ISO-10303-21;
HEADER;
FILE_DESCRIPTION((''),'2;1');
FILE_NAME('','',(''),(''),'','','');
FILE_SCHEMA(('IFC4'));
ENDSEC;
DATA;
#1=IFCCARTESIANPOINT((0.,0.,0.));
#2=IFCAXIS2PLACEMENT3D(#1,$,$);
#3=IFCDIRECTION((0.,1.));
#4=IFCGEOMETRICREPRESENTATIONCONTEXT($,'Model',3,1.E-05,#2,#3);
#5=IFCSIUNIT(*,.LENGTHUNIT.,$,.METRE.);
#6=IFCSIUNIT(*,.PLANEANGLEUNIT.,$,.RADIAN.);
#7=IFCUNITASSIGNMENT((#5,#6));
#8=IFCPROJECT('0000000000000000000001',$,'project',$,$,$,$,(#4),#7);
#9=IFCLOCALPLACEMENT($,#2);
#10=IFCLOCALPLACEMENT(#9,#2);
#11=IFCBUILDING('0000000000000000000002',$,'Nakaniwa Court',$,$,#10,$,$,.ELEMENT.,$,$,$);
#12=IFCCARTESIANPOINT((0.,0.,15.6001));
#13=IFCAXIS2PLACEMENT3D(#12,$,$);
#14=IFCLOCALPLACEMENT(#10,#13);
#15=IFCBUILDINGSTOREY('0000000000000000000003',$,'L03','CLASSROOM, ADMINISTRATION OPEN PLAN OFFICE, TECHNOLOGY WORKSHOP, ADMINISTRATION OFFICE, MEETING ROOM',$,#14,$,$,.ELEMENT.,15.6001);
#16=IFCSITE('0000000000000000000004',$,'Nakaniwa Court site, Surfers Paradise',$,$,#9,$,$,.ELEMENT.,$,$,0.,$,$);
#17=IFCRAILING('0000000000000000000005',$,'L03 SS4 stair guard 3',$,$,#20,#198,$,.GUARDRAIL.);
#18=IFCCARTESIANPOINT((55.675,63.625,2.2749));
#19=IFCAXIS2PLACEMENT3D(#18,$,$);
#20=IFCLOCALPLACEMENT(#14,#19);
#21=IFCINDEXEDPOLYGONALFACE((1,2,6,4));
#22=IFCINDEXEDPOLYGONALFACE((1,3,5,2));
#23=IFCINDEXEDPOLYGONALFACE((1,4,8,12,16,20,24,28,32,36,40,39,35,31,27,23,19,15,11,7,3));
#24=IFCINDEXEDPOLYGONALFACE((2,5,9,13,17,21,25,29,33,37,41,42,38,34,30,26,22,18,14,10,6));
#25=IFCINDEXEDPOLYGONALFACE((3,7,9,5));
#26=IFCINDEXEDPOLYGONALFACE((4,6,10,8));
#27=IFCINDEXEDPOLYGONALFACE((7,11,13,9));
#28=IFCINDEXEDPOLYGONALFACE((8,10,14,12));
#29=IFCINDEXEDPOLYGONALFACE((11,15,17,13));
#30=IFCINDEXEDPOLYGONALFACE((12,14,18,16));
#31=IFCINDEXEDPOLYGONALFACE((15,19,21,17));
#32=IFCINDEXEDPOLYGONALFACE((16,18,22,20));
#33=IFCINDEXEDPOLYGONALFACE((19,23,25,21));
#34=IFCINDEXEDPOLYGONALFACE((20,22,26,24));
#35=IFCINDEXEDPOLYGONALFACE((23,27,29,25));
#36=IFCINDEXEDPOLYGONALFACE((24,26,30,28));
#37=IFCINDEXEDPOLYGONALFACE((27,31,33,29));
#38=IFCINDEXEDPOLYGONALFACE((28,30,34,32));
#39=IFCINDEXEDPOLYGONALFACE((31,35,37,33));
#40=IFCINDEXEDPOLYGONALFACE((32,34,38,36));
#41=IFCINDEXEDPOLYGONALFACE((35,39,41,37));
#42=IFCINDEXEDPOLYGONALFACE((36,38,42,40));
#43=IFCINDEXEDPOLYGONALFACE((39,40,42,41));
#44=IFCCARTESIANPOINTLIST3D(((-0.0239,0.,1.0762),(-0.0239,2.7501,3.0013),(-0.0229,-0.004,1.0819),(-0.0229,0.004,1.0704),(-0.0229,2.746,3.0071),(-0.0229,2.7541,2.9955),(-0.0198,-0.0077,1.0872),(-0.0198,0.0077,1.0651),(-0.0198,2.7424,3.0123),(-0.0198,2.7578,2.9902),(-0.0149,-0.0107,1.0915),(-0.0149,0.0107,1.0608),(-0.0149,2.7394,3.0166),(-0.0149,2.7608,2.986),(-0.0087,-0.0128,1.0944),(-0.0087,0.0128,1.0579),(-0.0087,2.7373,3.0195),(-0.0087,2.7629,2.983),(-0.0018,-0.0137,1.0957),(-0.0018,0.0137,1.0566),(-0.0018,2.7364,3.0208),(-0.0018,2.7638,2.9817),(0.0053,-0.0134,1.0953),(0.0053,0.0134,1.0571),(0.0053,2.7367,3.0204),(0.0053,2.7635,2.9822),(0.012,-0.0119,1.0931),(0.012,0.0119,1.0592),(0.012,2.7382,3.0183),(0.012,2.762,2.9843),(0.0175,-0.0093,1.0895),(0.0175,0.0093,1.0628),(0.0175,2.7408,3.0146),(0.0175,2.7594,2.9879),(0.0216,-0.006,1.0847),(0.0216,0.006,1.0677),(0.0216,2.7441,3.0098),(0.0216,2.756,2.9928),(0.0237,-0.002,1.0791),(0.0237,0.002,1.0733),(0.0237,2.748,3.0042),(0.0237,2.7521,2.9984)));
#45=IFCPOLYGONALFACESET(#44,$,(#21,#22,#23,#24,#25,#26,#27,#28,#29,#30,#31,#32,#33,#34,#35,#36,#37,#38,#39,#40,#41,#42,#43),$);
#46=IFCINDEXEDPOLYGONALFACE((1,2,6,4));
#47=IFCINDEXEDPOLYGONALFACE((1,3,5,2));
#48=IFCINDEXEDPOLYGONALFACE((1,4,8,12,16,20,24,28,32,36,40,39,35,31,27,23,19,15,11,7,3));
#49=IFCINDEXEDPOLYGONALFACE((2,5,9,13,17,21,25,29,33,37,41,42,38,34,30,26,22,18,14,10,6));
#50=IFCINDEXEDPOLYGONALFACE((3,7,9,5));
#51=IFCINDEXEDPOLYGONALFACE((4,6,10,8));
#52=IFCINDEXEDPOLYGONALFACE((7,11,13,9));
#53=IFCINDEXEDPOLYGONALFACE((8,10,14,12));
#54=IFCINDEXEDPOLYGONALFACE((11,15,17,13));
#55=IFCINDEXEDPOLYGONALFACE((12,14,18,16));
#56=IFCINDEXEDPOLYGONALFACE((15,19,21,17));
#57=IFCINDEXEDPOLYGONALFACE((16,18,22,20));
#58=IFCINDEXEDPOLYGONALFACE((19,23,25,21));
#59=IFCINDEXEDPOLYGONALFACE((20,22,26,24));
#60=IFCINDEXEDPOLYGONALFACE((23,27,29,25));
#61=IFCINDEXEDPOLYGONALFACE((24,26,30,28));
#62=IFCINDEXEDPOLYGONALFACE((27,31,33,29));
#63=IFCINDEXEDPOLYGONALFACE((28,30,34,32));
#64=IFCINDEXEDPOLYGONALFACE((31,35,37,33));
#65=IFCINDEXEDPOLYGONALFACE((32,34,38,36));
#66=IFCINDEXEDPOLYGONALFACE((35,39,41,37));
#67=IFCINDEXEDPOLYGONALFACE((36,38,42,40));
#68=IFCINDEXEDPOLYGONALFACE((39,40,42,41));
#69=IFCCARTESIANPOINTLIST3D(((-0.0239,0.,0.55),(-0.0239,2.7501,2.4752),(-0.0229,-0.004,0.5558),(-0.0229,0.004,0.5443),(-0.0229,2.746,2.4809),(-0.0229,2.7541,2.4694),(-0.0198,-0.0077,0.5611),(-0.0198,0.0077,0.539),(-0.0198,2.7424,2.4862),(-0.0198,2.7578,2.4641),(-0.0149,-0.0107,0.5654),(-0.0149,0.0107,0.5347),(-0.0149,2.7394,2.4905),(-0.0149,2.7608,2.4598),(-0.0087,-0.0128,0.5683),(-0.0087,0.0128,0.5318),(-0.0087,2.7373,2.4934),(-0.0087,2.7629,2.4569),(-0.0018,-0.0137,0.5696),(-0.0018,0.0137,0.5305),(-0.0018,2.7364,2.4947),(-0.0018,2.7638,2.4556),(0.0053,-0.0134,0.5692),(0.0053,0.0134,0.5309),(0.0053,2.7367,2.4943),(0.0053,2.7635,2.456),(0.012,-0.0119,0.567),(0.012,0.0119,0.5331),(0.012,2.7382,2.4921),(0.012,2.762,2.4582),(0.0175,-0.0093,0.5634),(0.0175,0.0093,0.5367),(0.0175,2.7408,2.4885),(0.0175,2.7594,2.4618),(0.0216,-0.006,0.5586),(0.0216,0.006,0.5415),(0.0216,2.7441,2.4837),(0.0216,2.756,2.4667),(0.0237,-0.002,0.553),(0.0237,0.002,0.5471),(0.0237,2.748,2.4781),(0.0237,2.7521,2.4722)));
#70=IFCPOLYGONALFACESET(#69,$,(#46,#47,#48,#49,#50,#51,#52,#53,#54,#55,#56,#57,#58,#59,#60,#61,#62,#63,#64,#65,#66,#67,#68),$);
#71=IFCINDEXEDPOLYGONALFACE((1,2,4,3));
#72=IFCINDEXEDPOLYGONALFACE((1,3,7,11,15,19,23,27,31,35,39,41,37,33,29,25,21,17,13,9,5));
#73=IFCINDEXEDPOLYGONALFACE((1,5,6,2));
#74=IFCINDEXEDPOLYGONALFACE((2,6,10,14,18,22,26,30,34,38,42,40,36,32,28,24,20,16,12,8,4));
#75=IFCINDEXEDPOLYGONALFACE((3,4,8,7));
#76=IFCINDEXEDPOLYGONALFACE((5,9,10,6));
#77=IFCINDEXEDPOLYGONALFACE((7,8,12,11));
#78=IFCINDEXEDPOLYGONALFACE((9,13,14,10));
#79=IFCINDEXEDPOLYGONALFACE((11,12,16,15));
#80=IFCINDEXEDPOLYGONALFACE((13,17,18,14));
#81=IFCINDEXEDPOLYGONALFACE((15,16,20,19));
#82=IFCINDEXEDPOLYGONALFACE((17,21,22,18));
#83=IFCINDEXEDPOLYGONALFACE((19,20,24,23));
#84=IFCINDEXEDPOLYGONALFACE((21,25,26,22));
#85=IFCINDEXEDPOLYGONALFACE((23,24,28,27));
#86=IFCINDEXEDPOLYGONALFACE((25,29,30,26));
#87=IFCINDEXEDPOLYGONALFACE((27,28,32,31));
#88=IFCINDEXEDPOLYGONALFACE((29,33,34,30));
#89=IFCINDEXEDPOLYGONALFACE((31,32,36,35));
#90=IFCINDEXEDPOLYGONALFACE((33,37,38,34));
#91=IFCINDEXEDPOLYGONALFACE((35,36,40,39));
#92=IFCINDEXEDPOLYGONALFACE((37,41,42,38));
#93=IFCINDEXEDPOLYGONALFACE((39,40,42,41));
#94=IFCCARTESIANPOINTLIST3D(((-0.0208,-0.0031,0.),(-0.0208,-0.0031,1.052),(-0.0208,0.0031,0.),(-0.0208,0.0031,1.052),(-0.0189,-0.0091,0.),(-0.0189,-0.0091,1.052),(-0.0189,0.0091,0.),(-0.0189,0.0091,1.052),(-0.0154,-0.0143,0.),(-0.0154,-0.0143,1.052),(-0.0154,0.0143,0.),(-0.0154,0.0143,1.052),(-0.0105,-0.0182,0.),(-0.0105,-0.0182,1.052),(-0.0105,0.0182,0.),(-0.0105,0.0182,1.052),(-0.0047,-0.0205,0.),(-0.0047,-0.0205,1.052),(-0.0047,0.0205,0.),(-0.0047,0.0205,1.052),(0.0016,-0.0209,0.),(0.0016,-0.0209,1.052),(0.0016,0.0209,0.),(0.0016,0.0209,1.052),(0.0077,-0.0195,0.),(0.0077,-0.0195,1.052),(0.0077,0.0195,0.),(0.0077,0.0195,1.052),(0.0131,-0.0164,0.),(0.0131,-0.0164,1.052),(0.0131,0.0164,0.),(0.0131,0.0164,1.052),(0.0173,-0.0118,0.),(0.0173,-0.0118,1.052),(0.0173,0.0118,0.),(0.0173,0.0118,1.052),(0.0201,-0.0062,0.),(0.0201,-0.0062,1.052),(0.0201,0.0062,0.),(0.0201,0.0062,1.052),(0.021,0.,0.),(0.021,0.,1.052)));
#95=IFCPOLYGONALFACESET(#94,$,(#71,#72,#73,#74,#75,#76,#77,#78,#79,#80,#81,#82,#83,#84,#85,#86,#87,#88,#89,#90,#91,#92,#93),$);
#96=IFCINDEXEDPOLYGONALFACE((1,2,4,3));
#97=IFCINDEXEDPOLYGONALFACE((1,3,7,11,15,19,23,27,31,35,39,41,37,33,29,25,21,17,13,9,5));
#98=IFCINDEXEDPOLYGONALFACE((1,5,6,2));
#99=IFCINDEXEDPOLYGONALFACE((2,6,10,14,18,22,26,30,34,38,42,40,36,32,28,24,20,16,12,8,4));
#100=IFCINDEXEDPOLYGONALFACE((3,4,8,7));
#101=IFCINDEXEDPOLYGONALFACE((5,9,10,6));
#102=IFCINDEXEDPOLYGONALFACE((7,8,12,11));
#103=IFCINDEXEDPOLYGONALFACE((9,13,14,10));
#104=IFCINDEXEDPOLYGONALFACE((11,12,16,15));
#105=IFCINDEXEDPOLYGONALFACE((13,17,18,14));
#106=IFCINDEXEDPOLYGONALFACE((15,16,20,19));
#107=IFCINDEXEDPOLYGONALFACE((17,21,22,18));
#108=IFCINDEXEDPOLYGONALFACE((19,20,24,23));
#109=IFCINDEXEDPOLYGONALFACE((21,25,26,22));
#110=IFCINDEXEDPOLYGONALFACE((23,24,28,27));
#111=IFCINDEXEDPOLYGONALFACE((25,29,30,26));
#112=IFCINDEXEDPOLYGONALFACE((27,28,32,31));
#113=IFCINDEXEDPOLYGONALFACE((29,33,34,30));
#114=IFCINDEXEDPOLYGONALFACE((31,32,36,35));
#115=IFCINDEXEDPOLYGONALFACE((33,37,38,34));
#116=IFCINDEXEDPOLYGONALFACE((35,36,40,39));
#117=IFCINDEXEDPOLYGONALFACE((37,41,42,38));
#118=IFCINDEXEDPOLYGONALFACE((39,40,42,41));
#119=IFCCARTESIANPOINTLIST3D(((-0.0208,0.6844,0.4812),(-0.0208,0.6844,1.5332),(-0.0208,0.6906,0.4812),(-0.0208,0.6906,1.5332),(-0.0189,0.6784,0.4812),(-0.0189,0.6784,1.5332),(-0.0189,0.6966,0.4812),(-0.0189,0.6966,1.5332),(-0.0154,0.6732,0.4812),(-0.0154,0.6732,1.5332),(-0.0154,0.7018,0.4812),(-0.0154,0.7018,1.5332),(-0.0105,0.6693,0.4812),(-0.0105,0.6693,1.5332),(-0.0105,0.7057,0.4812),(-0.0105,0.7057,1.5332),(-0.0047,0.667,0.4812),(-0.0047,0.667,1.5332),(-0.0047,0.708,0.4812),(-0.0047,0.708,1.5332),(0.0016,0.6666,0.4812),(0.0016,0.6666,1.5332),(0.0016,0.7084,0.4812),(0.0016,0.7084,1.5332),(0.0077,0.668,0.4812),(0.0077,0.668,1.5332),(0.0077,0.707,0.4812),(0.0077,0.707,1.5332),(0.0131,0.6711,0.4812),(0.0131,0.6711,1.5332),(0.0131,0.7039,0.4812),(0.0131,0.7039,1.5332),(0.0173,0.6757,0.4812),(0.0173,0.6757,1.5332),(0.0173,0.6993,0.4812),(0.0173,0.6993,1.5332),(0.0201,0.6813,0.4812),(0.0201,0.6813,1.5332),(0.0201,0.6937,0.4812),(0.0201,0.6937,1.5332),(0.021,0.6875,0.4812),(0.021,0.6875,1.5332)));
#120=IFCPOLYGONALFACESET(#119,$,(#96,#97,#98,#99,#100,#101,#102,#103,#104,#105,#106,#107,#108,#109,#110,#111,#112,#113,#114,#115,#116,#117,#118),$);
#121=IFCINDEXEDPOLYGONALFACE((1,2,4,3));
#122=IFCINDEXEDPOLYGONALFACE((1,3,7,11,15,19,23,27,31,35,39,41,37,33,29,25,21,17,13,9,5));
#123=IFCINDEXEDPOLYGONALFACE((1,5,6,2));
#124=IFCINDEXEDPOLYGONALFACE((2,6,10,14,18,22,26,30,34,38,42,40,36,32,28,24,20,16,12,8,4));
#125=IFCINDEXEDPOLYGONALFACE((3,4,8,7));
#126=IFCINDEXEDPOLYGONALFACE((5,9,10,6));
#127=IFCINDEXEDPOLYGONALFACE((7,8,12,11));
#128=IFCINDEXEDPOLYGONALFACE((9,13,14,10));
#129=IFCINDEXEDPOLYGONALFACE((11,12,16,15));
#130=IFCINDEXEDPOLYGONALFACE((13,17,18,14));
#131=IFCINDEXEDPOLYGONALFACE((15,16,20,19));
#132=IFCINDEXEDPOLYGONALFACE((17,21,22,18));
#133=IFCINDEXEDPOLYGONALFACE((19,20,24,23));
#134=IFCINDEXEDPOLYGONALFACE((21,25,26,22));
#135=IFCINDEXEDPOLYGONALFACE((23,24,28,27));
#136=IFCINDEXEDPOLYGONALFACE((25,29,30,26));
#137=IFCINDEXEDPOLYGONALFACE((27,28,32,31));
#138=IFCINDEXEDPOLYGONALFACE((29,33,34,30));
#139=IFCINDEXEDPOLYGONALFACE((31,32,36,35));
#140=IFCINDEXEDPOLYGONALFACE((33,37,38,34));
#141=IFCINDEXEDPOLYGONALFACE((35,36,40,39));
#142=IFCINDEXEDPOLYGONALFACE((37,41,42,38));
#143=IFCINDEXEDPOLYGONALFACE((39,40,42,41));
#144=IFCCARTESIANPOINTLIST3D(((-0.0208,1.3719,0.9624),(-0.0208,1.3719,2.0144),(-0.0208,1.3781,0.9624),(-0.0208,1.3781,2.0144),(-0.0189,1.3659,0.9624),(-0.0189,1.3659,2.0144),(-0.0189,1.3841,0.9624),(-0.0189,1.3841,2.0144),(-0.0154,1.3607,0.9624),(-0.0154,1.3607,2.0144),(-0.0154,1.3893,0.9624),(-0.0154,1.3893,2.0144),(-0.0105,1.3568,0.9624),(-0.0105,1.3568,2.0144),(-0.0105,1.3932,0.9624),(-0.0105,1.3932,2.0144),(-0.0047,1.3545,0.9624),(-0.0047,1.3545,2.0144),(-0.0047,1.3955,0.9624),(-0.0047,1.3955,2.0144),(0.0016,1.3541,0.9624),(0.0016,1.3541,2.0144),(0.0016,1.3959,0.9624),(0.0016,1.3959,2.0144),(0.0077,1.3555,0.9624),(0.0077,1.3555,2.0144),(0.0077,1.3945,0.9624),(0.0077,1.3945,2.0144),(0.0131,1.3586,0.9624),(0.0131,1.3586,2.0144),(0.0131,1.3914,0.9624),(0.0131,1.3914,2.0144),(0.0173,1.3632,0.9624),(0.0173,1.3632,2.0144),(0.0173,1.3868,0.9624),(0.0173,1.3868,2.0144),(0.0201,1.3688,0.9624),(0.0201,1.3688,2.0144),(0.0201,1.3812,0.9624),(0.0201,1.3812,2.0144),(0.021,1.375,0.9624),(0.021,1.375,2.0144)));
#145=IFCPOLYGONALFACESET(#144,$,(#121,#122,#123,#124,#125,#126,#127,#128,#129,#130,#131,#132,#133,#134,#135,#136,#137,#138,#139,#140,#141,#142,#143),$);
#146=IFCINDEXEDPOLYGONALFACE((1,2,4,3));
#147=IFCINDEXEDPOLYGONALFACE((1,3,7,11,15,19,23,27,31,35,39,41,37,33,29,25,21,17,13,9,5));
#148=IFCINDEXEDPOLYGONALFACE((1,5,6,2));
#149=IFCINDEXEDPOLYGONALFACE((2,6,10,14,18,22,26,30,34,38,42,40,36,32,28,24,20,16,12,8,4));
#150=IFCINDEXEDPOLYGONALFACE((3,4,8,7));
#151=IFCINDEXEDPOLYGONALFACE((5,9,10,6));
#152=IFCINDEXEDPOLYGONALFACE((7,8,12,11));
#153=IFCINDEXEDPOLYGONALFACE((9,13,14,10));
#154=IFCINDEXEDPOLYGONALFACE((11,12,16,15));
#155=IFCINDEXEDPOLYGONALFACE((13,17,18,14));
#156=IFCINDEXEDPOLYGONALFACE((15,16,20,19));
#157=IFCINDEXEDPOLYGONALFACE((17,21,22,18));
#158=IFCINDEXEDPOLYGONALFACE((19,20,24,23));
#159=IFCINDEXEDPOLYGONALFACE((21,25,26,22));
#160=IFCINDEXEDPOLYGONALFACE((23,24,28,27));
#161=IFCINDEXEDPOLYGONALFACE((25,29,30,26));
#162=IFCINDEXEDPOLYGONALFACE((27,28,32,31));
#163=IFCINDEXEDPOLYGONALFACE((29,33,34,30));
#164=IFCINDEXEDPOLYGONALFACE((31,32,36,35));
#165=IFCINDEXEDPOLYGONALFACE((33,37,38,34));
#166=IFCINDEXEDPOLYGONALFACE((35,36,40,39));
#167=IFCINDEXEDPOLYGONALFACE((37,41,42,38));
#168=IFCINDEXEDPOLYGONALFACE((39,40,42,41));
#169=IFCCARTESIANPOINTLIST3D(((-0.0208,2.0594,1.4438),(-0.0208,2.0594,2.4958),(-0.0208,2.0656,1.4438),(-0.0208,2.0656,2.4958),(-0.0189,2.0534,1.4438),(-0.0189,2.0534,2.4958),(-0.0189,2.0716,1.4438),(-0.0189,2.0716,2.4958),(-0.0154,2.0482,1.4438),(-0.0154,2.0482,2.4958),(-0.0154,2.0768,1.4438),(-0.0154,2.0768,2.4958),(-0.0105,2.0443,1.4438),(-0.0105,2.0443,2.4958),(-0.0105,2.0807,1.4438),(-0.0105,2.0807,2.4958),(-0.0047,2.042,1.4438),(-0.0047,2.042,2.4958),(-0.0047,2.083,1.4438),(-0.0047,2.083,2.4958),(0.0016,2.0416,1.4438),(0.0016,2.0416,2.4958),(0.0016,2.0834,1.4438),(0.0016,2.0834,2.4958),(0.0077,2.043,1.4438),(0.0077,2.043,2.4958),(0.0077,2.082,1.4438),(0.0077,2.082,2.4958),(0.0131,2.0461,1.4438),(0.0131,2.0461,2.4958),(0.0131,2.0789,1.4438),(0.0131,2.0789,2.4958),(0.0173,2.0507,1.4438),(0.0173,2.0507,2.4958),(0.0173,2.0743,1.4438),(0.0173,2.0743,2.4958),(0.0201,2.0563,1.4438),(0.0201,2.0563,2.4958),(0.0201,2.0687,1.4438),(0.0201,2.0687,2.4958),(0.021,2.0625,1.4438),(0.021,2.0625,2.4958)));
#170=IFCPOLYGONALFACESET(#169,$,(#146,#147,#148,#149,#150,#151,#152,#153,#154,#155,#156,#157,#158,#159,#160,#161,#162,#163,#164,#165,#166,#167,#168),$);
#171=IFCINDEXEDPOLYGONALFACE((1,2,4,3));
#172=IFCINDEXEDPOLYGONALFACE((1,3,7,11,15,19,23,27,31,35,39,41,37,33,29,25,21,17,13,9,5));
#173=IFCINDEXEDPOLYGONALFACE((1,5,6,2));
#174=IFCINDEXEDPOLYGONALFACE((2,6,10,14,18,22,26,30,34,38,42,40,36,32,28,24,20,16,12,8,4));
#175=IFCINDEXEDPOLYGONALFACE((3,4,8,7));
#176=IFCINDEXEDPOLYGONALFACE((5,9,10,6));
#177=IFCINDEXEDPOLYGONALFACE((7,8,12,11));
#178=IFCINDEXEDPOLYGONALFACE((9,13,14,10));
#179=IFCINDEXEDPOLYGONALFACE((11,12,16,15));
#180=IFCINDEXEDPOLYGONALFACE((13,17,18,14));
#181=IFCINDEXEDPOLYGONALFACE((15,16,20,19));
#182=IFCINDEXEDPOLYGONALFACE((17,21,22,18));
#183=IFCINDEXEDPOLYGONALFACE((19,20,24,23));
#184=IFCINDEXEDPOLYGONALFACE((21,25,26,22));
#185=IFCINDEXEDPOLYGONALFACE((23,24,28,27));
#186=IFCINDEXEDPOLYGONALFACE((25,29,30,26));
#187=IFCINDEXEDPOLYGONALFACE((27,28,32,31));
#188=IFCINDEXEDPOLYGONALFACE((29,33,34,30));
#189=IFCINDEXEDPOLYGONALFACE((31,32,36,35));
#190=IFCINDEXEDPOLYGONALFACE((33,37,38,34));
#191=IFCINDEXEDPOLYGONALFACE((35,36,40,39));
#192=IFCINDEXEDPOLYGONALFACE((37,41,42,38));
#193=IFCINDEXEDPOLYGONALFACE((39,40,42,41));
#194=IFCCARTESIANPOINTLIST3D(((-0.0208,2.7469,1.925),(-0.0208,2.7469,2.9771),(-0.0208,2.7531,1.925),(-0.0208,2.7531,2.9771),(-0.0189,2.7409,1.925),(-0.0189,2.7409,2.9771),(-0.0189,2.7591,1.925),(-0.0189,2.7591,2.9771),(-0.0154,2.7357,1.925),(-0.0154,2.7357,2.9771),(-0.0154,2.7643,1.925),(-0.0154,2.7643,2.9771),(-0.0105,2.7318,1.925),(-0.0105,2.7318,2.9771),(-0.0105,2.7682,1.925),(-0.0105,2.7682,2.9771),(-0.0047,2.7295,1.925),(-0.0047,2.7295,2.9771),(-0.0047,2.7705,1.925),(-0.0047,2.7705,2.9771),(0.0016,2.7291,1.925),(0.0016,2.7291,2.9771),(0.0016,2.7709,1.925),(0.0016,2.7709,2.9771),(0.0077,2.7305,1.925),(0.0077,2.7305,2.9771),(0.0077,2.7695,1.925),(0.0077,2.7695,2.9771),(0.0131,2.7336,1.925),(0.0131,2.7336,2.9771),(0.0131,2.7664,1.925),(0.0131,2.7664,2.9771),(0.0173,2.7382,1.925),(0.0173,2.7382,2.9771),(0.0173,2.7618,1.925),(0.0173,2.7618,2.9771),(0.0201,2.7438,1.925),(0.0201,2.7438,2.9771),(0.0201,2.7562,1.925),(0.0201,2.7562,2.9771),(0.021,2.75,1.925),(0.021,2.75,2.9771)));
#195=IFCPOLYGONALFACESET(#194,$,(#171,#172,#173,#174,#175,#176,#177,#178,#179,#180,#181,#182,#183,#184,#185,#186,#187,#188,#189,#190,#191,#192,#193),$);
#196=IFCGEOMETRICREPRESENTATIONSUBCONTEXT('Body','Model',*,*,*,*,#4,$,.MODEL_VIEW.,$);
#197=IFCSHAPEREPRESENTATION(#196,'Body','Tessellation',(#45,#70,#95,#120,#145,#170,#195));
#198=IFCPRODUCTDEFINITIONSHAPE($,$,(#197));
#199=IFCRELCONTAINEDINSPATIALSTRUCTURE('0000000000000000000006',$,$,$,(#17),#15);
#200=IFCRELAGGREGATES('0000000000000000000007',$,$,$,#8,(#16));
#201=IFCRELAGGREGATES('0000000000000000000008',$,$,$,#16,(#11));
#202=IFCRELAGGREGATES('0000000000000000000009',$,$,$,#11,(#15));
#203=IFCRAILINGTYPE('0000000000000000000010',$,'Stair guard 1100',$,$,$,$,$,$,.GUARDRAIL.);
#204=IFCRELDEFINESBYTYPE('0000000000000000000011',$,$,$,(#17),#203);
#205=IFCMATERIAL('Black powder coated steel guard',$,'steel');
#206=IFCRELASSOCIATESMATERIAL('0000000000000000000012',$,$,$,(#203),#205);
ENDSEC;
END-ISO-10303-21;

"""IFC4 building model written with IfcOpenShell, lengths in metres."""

from ifc_helpers import new_model, si_unit, direction, frame, origin, origin_2d, place, context, subcontext, project, spatial, circle, extrude, material, type_object, element, save


model = new_model("IFC4")

# Units and contexts
model_context = context("Model", 3, precision=1e-05, world=origin(), true_north=direction((0.0, 1.0)))
body_context = subcontext(model_context, "Body", "Model", "MODEL_VIEW")
ifc_project = project(units=[si_unit("LENGTHUNIT", "METRE"), si_unit("PLANEANGLEUNIT", "RADIAN")], contexts=[model_context])

# Site, building, storey
site_placement = place(None, origin())
site = spatial("IfcSite", under=ifc_project, at=site_placement, Name="Nakaniwa Court site, Surfers Paradise", CompositionType="ELEMENT", RefElevation=0.0)
building_placement = place(site_placement, origin())
building = spatial("IfcBuilding", under=site, at=building_placement, Name="Nakaniwa Court", CompositionType="ELEMENT")
storey_placement = place(building_placement, frame((0.0, 0.0, 15.6001)))
storey = spatial("IfcBuildingStorey", under=building, at=storey_placement, Name="L03", Description="CLASSROOM, ADMINISTRATION OPEN PLAN OFFICE, TECHNOLOGY WORKSHOP, ADMINISTRATION OFFICE, MEETING ROOM", CompositionType="ELEMENT", Elevation=15.6001)

# Railing
ifc_material_1 = material(Name="Black powder coated steel guard", Category="steel")
railing_type_1 = type_object("IfcRailingType", Name="Stair guard 1100", PredefinedType="GUARDRAIL", material=ifc_material_1)
railing_1_placement = place(storey_placement, frame((55.675, 63.625, 2.2749)))
element("IfcRailing", 1, at=railing_1_placement, inside=storey, type_object=railing_type_1, Name="L03 SS4 stair guard 3", PredefinedType="GUARDRAIL", context=body_context, shape_type="SweptSolid", body=[
    extrude(circle(Radius=0.0239, at=origin_2d()), frame((0.0, 0.0, 1.0762), z_axis=(0.0, 0.819225, 0.573472), x_axis=(-1.0, 0.0, 0.0)), (0.0, 0.0, 1.0), 3.3569),
    extrude(circle(Radius=0.0239, at=origin_2d()), frame((0.0, 0.0, 0.55), z_axis=(0.0, 0.819225, 0.573472), x_axis=(-1.0, 0.0, 0.0)), (0.0, 0.0, 1.0), 3.3569),
    extrude(circle(Radius=0.021, at=origin_2d()), origin(), (0.0, 0.0, 1.0), 1.052),
    extrude(circle(Radius=0.021, at=origin_2d()), frame((0.0, 0.6875, 0.4812)), (0.0, 0.0, 1.0), 1.052),
    extrude(circle(Radius=0.021, at=origin_2d()), frame((0.0, 1.375, 0.9624)), (0.0, 0.0, 1.0), 1.052),
    extrude(circle(Radius=0.021, at=origin_2d()), frame((0.0, 2.0625, 1.4438)), (0.0, 0.0, 1.0), 1.052),
    extrude(circle(Radius=0.021, at=origin_2d()), frame((0.0, 2.75, 1.925)), (0.0, 0.0, 1.0), 1.052),
])

save(model, "model.ifc")
